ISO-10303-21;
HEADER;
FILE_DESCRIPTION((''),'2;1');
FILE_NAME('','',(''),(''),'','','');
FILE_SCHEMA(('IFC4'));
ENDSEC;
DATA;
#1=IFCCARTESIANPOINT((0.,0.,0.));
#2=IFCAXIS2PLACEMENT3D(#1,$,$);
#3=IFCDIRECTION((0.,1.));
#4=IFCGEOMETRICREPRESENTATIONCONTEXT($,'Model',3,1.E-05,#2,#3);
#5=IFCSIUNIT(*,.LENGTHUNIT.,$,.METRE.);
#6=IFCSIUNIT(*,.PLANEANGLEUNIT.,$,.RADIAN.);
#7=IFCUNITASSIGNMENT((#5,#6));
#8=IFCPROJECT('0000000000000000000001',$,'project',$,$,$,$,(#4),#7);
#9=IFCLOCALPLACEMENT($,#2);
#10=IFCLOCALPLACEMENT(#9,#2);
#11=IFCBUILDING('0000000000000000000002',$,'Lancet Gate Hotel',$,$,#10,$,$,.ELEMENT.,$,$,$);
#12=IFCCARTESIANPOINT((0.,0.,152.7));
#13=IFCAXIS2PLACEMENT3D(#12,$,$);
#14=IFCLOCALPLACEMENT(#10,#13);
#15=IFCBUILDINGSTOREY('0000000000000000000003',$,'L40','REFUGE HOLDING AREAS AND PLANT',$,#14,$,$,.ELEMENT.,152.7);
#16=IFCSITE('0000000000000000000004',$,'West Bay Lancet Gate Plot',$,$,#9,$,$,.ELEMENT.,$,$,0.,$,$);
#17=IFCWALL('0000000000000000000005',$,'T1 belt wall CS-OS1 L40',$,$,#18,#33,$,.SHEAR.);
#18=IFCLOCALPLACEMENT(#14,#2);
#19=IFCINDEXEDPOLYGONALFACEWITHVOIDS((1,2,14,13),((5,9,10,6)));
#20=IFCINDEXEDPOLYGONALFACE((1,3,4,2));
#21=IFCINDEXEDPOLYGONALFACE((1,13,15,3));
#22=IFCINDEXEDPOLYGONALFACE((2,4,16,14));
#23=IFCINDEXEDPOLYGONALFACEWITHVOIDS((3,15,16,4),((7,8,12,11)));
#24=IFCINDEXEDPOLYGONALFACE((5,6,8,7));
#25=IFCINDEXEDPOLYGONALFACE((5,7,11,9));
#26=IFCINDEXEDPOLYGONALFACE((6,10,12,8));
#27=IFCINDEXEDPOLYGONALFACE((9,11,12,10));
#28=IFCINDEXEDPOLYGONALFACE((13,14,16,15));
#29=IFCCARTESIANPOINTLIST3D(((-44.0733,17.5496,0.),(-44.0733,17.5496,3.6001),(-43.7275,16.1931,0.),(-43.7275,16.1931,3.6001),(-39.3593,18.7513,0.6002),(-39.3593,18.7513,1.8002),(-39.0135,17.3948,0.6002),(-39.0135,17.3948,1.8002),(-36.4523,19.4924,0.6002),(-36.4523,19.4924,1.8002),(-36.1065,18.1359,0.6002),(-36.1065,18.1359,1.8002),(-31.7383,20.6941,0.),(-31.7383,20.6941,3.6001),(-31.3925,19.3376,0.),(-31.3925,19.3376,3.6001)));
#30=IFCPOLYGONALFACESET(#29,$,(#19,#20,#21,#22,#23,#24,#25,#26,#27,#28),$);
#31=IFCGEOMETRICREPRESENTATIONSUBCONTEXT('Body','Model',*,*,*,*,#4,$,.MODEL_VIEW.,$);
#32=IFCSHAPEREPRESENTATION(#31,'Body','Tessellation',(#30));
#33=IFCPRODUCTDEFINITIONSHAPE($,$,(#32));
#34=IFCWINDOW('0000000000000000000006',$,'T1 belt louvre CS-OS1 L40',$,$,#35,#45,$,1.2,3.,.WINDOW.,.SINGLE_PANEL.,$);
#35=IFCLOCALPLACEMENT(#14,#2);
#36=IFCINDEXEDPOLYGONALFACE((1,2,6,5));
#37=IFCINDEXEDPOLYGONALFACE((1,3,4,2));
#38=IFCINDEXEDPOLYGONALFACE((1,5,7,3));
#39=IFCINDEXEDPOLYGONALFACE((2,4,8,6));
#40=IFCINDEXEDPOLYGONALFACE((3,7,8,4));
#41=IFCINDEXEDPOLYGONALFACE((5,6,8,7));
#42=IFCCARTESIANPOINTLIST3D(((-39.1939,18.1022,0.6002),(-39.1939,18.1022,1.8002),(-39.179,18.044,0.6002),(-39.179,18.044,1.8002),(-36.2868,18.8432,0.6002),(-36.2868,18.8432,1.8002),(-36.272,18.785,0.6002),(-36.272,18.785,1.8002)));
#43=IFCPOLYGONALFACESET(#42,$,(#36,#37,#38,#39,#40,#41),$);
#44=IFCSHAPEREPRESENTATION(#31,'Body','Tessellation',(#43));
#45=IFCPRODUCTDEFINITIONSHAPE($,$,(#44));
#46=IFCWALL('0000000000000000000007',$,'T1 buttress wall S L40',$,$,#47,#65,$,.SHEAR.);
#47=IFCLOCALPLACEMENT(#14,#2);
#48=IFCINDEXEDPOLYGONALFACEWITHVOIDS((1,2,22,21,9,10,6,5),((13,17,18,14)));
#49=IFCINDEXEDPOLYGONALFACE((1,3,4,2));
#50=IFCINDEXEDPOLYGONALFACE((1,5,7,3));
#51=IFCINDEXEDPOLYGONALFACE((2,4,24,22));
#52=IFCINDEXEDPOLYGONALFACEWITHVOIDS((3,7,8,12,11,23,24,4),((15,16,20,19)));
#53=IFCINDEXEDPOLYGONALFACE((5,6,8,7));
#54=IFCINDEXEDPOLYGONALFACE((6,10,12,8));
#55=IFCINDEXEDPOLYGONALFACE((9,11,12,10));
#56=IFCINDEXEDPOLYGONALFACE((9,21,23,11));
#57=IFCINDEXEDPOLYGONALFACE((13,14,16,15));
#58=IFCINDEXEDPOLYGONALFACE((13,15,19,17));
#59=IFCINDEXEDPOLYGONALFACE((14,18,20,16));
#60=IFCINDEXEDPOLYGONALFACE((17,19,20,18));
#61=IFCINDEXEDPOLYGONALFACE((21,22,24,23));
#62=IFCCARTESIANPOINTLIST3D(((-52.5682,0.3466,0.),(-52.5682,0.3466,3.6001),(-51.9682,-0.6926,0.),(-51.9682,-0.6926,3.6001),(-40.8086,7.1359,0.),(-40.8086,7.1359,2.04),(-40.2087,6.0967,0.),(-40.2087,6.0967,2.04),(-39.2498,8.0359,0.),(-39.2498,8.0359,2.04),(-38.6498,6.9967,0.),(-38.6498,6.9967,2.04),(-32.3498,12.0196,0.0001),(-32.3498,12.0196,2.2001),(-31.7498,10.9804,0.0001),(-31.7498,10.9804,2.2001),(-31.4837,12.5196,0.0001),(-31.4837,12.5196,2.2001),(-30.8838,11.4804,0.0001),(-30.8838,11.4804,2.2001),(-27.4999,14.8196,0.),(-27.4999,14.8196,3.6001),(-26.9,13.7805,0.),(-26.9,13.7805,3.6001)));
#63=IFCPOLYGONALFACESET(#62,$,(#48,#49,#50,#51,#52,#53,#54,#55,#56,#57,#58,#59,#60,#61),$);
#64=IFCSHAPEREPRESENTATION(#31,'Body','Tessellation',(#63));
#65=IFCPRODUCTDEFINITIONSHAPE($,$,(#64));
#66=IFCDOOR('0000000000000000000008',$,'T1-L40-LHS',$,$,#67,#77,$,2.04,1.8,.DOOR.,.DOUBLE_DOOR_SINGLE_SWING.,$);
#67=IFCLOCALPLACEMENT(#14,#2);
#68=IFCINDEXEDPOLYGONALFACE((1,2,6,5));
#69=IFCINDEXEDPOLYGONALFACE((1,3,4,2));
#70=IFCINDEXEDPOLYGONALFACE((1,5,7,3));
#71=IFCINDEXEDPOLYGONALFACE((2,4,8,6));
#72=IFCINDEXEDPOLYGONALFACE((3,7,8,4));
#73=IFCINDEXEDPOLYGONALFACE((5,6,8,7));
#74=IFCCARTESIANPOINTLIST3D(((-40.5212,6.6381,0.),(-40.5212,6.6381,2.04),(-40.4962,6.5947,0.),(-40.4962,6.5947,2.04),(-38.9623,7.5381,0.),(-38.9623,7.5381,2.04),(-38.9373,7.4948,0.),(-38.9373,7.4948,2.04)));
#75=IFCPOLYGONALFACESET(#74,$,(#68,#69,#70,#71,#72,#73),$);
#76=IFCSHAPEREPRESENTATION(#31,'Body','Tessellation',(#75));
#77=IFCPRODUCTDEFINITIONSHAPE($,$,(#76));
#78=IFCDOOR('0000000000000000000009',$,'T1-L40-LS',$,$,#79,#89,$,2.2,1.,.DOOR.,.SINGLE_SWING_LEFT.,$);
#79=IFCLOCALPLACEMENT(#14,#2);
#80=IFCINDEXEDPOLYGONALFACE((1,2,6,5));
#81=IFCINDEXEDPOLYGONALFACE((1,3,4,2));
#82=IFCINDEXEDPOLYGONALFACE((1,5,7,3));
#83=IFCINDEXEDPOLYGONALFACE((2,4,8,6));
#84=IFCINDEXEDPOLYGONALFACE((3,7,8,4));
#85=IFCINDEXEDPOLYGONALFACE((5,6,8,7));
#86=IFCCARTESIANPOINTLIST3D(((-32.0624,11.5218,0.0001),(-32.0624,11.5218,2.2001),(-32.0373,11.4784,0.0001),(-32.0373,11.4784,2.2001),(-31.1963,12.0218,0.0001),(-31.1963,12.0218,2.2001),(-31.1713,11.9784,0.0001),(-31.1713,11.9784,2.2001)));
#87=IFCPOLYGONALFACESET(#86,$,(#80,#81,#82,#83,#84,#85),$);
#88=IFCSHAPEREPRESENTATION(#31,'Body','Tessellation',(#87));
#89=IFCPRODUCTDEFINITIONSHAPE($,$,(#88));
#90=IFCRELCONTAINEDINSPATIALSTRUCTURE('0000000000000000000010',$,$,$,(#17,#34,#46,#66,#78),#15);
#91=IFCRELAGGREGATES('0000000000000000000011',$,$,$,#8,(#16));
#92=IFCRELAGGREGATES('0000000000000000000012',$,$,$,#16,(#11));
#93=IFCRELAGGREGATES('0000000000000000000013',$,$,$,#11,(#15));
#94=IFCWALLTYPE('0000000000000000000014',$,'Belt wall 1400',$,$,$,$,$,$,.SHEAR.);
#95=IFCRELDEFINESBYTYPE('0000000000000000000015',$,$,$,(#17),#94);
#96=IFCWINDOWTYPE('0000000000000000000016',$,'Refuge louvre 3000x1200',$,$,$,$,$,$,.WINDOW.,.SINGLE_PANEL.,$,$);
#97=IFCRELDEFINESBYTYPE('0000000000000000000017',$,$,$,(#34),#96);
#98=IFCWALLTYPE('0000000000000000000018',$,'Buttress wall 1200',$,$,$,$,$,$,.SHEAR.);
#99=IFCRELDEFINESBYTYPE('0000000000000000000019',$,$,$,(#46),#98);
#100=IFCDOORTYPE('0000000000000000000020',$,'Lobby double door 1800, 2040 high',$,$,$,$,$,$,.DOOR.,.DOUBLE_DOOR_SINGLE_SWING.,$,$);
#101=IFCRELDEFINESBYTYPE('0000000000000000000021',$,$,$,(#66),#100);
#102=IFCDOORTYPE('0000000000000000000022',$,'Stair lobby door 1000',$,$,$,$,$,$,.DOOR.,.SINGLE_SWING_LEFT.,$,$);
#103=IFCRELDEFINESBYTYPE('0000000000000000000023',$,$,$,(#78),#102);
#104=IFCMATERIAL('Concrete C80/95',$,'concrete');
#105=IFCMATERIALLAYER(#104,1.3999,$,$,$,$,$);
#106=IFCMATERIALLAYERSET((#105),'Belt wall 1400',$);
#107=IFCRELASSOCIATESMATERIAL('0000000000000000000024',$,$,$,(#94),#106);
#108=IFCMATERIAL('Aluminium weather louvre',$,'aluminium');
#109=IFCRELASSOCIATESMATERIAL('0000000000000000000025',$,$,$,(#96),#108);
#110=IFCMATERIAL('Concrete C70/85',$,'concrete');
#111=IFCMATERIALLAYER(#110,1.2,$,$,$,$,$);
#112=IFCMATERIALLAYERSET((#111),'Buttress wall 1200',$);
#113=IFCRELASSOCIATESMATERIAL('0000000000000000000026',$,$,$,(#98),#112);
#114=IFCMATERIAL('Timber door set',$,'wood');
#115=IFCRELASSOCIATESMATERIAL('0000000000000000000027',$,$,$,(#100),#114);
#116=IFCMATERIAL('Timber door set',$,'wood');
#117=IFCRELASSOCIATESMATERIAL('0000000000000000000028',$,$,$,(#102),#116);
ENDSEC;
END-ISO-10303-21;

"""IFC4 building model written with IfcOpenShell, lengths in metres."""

from ifc_helpers import new_model, si_unit, direction, frame, frame_2d, origin, place, context, subcontext, project, spatial, rectangle, extrude, material, layer, layer_set, type_object, element, fill, save


model = new_model("IFC4")

# Units and contexts
model_context = context("Model", 3, precision=1e-05, world=origin(), true_north=direction((0.0, 1.0)))
body_context = subcontext(model_context, "Body", "Model", "MODEL_VIEW")
ifc_project = project(units=[si_unit("LENGTHUNIT", "METRE"), si_unit("PLANEANGLEUNIT", "RADIAN")], contexts=[model_context])

# Site, building, storey
site_placement = place(None, origin())
site = spatial("IfcSite", under=ifc_project, at=site_placement, Name="West Bay Lancet Gate Plot", CompositionType="ELEMENT", RefElevation=0.0)
building_placement = place(site_placement, origin())
building = spatial("IfcBuilding", under=site, at=building_placement, Name="Lancet Gate Hotel", CompositionType="ELEMENT")
storey_placement = place(building_placement, frame((0.0, 0.0, 152.7)))
storey = spatial("IfcBuildingStorey", under=building, at=storey_placement, Name="L40", Description="REFUGE HOLDING AREAS AND PLANT", CompositionType="ELEMENT", Elevation=152.7)

# Wall, opening, window
ifc_material_1 = material(Name="Concrete C80/95", Category="concrete")
ifc_layer_1 = layer(ifc_material_1, 1.3999)
ifc_layer_set_1 = layer_set([ifc_layer_1], Name="Belt wall 1400")
wall_type_1 = type_object("IfcWallType", Name="Belt wall 1400", PredefinedType="SHEAR", material=ifc_layer_set_1)
wall_1_placement = place(storey_placement, frame((-31.5654, 20.0159, 0.0), z_axis=(0.0, 0.0, 1.0), x_axis=(-0.969008, -0.247028, 0.0)))
wall_1 = element("IfcWall", 1, at=wall_1_placement, inside=storey, type_object=wall_type_1, Name="T1 belt wall CS-OS1 L40", PredefinedType="SHEAR", context=body_context, shape_type="SweptSolid", body=[
    extrude(rectangle(XDim=12.7295, YDim=1.3999, at=frame_2d((6.3647, 0.0))), origin(), (0.0, 0.0, 1.0), 3.6001),
])
opening_1_placement = place(wall_1_placement, frame((4.8647, 0.0, 0.6001)))
opening_1 = element("IfcOpeningElement", 2, at=opening_1_placement, cuts=wall_1, PredefinedType="OPENING", context=body_context, shape_type="SweptSolid", body=[
    extrude(rectangle(XDim=3.0, YDim=1.2, at=frame_2d((1.5, 0.6001))), frame((0.0, 0.71, 0.0), z_axis=(0.0, -1.0, 0.0), x_axis=(1.0, 0.0, 0.0)), (0.0, 0.0, 1.0), 1.4199),
])
ifc_material_2 = material(Name="Aluminium weather louvre", Category="aluminium")
window_type = type_object("IfcWindowType", Name="Refuge louvre 3000x1200", PartitioningType="SINGLE_PANEL", PredefinedType="WINDOW", material=ifc_material_2)
window_placement = place(opening_1_placement, origin())
window = element("IfcWindow", 3, at=window_placement, inside=storey, type_object=window_type, Name="T1 belt louvre CS-OS1 L40", OverallHeight=1.2, OverallWidth=3.0, PartitioningType="SINGLE_PANEL", PredefinedType="WINDOW", context=body_context, shape_type="SweptSolid", body=[
    extrude(rectangle(XDim=3.0, YDim=1.2, at=frame_2d((1.5, 0.6001))), frame((0.0, 0.03, 0.0), z_axis=(0.0, -1.0, 0.0), x_axis=(1.0, 0.0, 0.0)), (0.0, 0.0, 1.0), 0.0601),
])
fill(opening_1, window)

# Wall, openings, doors
ifc_material_3 = material(Name="Concrete C70/85", Category="concrete")
ifc_layer_2 = layer(ifc_material_3, 1.2)
ifc_layer_set_2 = layer_set([ifc_layer_2], Name="Buttress wall 1200")
wall_type_2 = type_object("IfcWallType", Name="Buttress wall 1200", PredefinedType="SHEAR", material=ifc_layer_set_2)
wall_2_placement = place(storey_placement, frame((-27.2, 14.3, 0.0), z_axis=(0.0, 0.0, 1.0), x_axis=(-0.866027, -0.499998, 0.0)))
wall_2 = element("IfcWall", 4, at=wall_2_placement, inside=storey, type_object=wall_type_2, Name="T1 buttress wall S L40", PredefinedType="SHEAR", context=body_context, shape_type="SweptSolid", body=[
    extrude(rectangle(XDim=28.9463, YDim=1.2, at=frame_2d((14.4731, 0.0))), origin(), (0.0, 0.0, 1.0), 3.6001),
])
opening_2_placement = place(wall_2_placement, frame((4.6001, 0.0, 0.0)))
opening_2 = element("IfcOpeningElement", 5, at=opening_2_placement, cuts=wall_2, PredefinedType="OPENING", context=body_context, shape_type="SweptSolid", body=[
    extrude(rectangle(XDim=1.0, YDim=2.2, at=frame_2d((0.5, 1.1001))), frame((0.0, 0.6099, 0.0), z_axis=(0.0, -1.0, 0.0), x_axis=(1.0, 0.0, 0.0)), (0.0, 0.0, 1.0), 1.22),
])
opening_3_placement = place(wall_2_placement, frame((13.5676, 0.0, 0.0)))
opening_3 = element("IfcOpeningElement", 6, at=opening_3_placement, cuts=wall_2, PredefinedType="OPENING", context=body_context, shape_type="SweptSolid", body=[
    extrude(rectangle(XDim=1.8, YDim=2.04, at=frame_2d((0.8999, 1.02))), frame((0.0, 0.6099, 0.0), z_axis=(0.0, -1.0, 0.0), x_axis=(1.0, 0.0, 0.0)), (0.0, 0.0, 1.0), 1.22),
])
ifc_material_4 = material(Name="Timber door set", Category="wood")
door_type_1 = type_object("IfcDoorType", Name="Lobby double door 1800, 2040 high", OperationType="DOUBLE_DOOR_SINGLE_SWING", PredefinedType="DOOR", material=ifc_material_4)
door_1_placement = place(opening_3_placement, origin())
door_1 = element("IfcDoor", 7, at=door_1_placement, inside=storey, type_object=door_type_1, Name="T1-L40-LHS", OperationType="DOUBLE_DOOR_SINGLE_SWING", OverallHeight=2.04, OverallWidth=1.8, PredefinedType="DOOR", context=body_context, shape_type="SweptSolid", body=[
    extrude(rectangle(XDim=1.8, YDim=2.04, at=frame_2d((0.8999, 1.02))), frame((0.0, 0.0249, 0.0), z_axis=(0.0, -1.0, 0.0), x_axis=(1.0, 0.0, 0.0)), (0.0, 0.0, 1.0), 0.05),
])
fill(opening_3, door_1)
ifc_material_5 = material(Name="Timber door set", Category="wood")
door_type_2 = type_object("IfcDoorType", Name="Stair lobby door 1000", OperationType="SINGLE_SWING_LEFT", PredefinedType="DOOR", material=ifc_material_5)
door_2_placement = place(opening_2_placement, origin())
door_2 = element("IfcDoor", 8, at=door_2_placement, inside=storey, type_object=door_type_2, Name="T1-L40-LS", OperationType="SINGLE_SWING_LEFT", OverallHeight=2.2, OverallWidth=1.0, PredefinedType="DOOR", context=body_context, shape_type="SweptSolid", body=[
    extrude(rectangle(XDim=1.0, YDim=2.2, at=frame_2d((0.5, 1.1001))), frame((0.0, 0.0249, 0.0), z_axis=(0.0, -1.0, 0.0), x_axis=(1.0, 0.0, 0.0)), (0.0, 0.0, 1.0), 0.05),
])
fill(opening_2, door_2)

save(model, "model.ifc")
